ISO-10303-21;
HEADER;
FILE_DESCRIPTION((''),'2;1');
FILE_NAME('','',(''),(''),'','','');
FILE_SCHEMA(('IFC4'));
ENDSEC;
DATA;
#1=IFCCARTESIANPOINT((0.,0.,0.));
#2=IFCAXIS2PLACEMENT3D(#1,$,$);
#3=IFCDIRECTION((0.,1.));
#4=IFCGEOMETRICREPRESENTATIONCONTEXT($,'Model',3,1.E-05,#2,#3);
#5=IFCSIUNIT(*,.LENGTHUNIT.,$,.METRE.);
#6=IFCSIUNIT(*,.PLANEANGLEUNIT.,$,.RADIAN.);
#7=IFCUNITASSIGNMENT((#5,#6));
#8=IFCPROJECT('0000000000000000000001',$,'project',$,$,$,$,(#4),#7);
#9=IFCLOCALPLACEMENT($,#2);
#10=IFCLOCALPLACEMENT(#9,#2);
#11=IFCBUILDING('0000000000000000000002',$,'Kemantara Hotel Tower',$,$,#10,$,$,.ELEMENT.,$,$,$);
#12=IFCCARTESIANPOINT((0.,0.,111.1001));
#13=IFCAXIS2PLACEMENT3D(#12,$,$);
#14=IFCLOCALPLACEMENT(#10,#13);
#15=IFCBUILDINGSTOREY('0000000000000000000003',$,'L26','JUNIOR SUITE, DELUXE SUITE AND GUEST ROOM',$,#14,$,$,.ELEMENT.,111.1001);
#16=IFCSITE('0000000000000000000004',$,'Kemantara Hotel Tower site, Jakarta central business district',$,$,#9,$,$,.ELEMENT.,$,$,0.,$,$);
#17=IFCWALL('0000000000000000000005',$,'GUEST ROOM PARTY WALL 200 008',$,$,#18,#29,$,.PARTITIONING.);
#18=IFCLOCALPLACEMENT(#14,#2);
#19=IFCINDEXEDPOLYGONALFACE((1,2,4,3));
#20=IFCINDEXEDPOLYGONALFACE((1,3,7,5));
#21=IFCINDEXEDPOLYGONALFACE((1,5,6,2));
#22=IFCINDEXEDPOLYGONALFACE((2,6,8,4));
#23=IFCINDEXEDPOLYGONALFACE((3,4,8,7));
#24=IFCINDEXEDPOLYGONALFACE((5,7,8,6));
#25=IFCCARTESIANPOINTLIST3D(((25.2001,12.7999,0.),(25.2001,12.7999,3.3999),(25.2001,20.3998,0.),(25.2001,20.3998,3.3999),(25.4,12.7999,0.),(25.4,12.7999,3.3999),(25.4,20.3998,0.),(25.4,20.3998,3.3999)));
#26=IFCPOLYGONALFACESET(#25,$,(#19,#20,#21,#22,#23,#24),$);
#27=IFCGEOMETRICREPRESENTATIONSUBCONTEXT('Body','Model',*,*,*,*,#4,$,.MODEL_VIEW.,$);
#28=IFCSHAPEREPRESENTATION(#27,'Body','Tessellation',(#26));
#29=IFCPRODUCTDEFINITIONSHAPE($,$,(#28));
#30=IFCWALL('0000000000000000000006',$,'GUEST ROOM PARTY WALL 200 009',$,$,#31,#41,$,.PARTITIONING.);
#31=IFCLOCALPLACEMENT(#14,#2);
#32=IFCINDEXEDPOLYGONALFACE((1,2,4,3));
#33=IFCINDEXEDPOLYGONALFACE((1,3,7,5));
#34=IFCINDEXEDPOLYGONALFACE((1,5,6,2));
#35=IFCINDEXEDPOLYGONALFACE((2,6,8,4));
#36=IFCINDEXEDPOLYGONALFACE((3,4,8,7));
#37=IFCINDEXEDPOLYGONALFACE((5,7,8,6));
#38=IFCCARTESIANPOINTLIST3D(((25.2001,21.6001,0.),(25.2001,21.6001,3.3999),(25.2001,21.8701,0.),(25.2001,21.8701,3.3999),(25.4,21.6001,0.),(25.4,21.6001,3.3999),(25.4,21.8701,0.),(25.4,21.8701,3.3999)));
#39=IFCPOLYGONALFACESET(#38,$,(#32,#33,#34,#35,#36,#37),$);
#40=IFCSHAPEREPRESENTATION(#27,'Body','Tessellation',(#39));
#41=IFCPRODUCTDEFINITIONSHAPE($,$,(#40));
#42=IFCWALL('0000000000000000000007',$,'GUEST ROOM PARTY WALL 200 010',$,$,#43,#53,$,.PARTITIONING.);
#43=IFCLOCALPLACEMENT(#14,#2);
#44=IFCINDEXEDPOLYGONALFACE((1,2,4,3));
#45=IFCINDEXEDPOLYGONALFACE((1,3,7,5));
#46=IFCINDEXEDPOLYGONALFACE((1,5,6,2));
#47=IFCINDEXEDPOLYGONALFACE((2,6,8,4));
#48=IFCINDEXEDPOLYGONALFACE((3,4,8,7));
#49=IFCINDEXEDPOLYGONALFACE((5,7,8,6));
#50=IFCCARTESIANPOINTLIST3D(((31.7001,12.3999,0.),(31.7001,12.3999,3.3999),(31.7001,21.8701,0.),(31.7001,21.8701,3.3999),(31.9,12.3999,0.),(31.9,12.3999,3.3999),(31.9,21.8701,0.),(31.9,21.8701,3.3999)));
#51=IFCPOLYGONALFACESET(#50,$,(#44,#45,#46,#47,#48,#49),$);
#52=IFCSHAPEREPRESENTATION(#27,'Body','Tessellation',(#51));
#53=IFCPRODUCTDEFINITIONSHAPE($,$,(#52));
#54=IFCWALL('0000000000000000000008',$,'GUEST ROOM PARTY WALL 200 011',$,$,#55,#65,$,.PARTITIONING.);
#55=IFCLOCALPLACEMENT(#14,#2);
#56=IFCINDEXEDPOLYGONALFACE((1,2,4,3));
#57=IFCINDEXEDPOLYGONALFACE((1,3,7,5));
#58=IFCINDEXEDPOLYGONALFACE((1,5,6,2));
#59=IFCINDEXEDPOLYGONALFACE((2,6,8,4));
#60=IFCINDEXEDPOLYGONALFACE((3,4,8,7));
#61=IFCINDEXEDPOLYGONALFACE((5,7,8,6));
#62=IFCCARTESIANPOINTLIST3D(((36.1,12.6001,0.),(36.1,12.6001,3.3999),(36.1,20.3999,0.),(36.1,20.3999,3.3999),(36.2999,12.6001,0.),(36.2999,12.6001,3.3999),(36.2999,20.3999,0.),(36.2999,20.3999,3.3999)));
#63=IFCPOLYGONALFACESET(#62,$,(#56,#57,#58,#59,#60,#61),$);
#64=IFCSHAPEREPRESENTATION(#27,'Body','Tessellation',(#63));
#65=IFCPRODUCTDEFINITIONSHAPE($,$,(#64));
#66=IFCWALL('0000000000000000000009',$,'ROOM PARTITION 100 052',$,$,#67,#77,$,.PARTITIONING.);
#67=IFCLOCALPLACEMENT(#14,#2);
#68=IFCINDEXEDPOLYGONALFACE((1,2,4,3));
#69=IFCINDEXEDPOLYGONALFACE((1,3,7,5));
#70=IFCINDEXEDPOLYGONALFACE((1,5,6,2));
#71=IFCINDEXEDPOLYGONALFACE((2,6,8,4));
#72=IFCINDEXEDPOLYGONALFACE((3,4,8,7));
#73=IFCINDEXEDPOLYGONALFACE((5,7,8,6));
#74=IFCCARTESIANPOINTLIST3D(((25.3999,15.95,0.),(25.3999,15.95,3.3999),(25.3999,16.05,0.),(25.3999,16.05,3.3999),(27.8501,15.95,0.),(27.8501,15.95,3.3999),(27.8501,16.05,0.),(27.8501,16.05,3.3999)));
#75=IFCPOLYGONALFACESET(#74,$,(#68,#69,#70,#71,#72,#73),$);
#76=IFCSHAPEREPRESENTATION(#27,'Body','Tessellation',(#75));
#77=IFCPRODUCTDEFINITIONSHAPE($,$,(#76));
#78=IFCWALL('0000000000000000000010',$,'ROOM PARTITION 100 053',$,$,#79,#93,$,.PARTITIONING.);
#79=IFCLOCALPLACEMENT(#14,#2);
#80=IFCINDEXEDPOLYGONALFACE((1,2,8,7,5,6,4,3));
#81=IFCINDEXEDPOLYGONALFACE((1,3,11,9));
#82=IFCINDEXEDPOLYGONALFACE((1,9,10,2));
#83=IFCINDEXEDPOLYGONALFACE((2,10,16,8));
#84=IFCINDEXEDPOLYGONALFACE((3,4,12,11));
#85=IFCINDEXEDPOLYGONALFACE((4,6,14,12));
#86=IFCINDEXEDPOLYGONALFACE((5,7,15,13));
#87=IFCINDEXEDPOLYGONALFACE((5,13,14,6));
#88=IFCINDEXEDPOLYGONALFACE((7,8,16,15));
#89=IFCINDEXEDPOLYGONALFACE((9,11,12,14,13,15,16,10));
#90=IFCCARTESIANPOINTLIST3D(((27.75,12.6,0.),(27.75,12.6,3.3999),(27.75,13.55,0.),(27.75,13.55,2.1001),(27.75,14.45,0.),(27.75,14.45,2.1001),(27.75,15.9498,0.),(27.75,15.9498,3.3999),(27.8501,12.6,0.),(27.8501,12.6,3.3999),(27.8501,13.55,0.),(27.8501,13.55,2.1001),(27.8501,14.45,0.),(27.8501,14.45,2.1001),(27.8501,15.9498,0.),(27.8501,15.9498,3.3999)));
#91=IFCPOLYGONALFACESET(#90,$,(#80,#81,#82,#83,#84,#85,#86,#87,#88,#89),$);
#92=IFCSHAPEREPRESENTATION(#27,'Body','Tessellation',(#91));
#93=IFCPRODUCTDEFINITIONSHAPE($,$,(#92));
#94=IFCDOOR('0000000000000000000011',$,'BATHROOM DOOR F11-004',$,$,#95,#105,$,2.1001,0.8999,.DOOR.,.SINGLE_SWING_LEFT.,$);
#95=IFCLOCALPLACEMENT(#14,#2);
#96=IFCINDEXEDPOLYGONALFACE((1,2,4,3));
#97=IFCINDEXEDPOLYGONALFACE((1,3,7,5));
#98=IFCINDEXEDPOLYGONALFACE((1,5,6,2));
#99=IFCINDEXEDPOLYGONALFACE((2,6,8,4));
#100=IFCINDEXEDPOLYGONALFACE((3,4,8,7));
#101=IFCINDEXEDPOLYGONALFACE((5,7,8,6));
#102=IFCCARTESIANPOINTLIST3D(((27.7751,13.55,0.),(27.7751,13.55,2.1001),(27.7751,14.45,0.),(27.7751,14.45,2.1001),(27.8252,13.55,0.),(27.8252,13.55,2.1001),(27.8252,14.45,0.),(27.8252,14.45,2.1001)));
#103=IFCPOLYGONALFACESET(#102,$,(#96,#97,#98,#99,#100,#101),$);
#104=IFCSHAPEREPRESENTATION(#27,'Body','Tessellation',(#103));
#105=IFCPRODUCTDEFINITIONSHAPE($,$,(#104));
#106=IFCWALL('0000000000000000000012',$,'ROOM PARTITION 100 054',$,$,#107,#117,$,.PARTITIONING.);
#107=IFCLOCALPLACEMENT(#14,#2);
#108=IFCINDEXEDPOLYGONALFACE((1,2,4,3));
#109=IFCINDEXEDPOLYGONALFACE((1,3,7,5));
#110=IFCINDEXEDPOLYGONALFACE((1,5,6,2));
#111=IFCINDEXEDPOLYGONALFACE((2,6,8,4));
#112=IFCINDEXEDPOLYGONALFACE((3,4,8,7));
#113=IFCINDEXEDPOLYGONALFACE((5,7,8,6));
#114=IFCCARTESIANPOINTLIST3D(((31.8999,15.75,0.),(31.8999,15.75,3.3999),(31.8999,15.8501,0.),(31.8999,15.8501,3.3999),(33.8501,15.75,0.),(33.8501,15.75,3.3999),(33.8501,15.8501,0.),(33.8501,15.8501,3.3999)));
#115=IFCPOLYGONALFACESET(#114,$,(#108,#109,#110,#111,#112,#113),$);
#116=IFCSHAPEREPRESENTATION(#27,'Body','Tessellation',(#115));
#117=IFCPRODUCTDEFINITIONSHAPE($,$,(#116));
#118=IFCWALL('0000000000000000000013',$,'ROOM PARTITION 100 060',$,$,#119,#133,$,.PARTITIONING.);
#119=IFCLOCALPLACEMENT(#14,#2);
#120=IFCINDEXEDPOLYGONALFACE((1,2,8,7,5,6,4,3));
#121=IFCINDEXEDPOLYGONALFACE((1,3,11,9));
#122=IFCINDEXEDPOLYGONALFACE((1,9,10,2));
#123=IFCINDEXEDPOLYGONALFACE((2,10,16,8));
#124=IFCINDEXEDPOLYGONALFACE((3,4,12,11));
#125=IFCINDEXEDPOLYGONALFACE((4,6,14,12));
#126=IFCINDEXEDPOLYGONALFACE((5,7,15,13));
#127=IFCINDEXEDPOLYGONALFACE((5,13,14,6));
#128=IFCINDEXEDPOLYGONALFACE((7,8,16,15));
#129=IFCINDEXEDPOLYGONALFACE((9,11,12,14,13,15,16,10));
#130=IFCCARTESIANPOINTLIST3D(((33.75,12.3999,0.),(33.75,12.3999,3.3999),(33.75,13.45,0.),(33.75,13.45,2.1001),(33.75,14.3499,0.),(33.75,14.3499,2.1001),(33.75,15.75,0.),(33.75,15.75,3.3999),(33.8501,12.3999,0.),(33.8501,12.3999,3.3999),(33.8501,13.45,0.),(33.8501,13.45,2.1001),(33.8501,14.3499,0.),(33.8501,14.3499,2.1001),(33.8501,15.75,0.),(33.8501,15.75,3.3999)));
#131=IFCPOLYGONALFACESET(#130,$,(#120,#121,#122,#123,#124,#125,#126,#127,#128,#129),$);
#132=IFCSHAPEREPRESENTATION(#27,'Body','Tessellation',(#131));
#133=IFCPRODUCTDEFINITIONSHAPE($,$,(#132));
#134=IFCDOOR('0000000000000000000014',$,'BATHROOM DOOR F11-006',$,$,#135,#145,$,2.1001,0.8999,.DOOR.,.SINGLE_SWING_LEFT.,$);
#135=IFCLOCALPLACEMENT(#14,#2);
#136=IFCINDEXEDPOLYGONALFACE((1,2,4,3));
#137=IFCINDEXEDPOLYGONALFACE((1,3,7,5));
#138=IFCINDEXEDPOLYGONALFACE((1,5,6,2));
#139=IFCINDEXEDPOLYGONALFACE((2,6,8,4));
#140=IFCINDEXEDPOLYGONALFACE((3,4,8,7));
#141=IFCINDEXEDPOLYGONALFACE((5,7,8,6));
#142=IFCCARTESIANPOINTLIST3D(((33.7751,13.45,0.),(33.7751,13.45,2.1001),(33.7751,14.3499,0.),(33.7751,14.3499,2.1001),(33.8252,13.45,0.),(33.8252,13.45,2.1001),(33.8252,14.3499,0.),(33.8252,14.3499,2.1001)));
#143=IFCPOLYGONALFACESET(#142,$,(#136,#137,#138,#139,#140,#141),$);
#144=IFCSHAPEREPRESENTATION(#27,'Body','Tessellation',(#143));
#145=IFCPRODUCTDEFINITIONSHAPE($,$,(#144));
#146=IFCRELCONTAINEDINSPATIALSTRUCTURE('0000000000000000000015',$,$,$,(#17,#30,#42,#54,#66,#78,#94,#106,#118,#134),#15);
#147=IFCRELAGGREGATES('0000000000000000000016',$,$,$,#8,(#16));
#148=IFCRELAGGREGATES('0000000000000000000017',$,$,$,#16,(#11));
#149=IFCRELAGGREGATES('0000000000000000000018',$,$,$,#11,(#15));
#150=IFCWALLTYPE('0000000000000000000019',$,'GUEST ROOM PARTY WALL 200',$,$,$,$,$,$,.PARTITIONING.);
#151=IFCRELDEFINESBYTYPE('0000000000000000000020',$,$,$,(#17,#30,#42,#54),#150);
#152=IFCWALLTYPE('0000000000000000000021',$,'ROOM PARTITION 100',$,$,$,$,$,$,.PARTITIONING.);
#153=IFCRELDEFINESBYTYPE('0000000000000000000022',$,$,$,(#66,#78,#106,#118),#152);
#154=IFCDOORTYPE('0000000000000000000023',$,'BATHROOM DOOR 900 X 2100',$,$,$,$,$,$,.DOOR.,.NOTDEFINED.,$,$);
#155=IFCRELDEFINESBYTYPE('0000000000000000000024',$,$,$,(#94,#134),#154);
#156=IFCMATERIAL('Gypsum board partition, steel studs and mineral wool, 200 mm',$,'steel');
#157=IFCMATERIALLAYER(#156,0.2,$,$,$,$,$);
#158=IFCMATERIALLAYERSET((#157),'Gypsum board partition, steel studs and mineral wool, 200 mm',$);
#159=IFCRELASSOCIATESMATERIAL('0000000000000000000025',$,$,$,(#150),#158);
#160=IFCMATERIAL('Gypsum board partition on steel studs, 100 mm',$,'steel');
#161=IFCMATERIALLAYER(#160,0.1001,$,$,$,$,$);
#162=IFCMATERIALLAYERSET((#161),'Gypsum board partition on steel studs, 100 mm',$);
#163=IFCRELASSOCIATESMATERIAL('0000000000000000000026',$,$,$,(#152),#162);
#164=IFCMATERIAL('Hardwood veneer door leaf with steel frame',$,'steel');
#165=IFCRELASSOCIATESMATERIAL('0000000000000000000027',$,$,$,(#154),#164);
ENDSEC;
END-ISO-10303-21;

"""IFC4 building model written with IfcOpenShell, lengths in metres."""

from ifc_helpers import new_model, si_unit, direction, frame, frame_2d, origin, place, context, subcontext, project, spatial, rectangle, extrude, material, layer, layer_set, type_object, element, fill, save


model = new_model("IFC4")

# Units and contexts
model_context = context("Model", 3, precision=1e-05, world=origin(), true_north=direction((0.0, 1.0)))
body_context = subcontext(model_context, "Body", "Model", "MODEL_VIEW")
ifc_project = project(units=[si_unit("LENGTHUNIT", "METRE"), si_unit("PLANEANGLEUNIT", "RADIAN")], contexts=[model_context])

# Site, building, storey
site_placement = place(None, origin())
site = spatial("IfcSite", under=ifc_project, at=site_placement, Name="Kemantara Hotel Tower site, Jakarta central business district", CompositionType="ELEMENT", RefElevation=0.0)
building_placement = place(site_placement, origin())
building = spatial("IfcBuilding", under=site, at=building_placement, Name="Kemantara Hotel Tower", CompositionType="ELEMENT")
storey_placement = place(building_placement, frame((0.0, 0.0, 111.1001)))
storey = spatial("IfcBuildingStorey", under=building, at=storey_placement, Name="L26", Description="JUNIOR SUITE, DELUXE SUITE AND GUEST ROOM", CompositionType="ELEMENT", Elevation=111.1001)

# Walls
ifc_material_1 = material(Name="Gypsum board partition, steel studs and mineral wool, 200 mm", Category="steel")
ifc_layer_1 = layer(ifc_material_1, 0.2)
ifc_layer_set_1 = layer_set([ifc_layer_1], Name="Gypsum board partition, steel studs and mineral wool, 200 mm")
wall_type_1 = type_object("IfcWallType", Name="GUEST ROOM PARTY WALL 200", PredefinedType="PARTITIONING", material=ifc_layer_set_1)
wall_1_placement = place(storey_placement, frame((25.3, 12.8, 0.0), z_axis=(0.0, 0.0, 1.0), x_axis=(0.0, 1.0, 0.0)))
element("IfcWall", 1, at=wall_1_placement, inside=storey, type_object=wall_type_1, Name="GUEST ROOM PARTY WALL 200 008", PredefinedType="PARTITIONING", context=body_context, shape_type="SweptSolid", body=[
    extrude(rectangle(XDim=7.5999, YDim=0.2, at=frame_2d((3.7998, 0.0))), origin(), (0.0, 0.0, 1.0), 3.3999),
])
wall_2_placement = place(storey_placement, frame((25.3, 21.6001, 0.0), z_axis=(0.0, 0.0, 1.0), x_axis=(0.0, 1.0, 0.0)))
element("IfcWall", 2, at=wall_2_placement, inside=storey, type_object=wall_type_1, Name="GUEST ROOM PARTY WALL 200 009", PredefinedType="PARTITIONING", context=body_context, shape_type="SweptSolid", body=[
    extrude(rectangle(XDim=0.27, YDim=0.2, at=frame_2d((0.135, 0.0))), origin(), (0.0, 0.0, 1.0), 3.3999),
])
wall_3_placement = place(storey_placement, frame((31.8, 12.3999, 0.0), z_axis=(0.0, 0.0, 1.0), x_axis=(0.0, 1.0, 0.0)))
element("IfcWall", 3, at=wall_3_placement, inside=storey, type_object=wall_type_1, Name="GUEST ROOM PARTY WALL 200 010", PredefinedType="PARTITIONING", context=body_context, shape_type="SweptSolid", body=[
    extrude(rectangle(XDim=9.4702, YDim=0.2, at=frame_2d((4.7351, 0.0))), origin(), (0.0, 0.0, 1.0), 3.3999),
])
wall_4_placement = place(storey_placement, frame((36.2, 12.6001, 0.0), z_axis=(0.0, 0.0, 1.0), x_axis=(0.0, 1.0, 0.0)))
element("IfcWall", 4, at=wall_4_placement, inside=storey, type_object=wall_type_1, Name="GUEST ROOM PARTY WALL 200 011", PredefinedType="PARTITIONING", context=body_context, shape_type="SweptSolid", body=[
    extrude(rectangle(XDim=7.7998, YDim=0.2, at=frame_2d((3.8999, 0.0))), origin(), (0.0, 0.0, 1.0), 3.3999),
])
ifc_material_2 = material(Name="Gypsum board partition on steel studs, 100 mm", Category="steel")
ifc_layer_2 = layer(ifc_material_2, 0.1001)
ifc_layer_set_2 = layer_set([ifc_layer_2], Name="Gypsum board partition on steel studs, 100 mm")
wall_type_2 = type_object("IfcWallType", Name="ROOM PARTITION 100", PredefinedType="PARTITIONING", material=ifc_layer_set_2)
wall_5_placement = place(storey_placement, frame((25.3999, 16.0, 0.0), z_axis=(0.0, 0.0, 1.0), x_axis=(1.0, 0.0, 0.0)))
element("IfcWall", 5, at=wall_5_placement, inside=storey, type_object=wall_type_2, Name="ROOM PARTITION 100 052", PredefinedType="PARTITIONING", context=body_context, shape_type="SweptSolid", body=[
    extrude(rectangle(XDim=2.4502, YDim=0.1001, at=frame_2d((1.2251, 0.0))), origin(), (0.0, 0.0, 1.0), 3.3999),
])

# Wall, opening, door
wall_6_placement = place(storey_placement, frame((27.8, 12.6001, 0.0), z_axis=(0.0, 0.0, 1.0), x_axis=(0.0, 1.0, 0.0)))
wall_6 = element("IfcWall", 6, at=wall_6_placement, inside=storey, type_object=wall_type_2, Name="ROOM PARTITION 100 053", PredefinedType="PARTITIONING", context=body_context, shape_type="SweptSolid", body=[
    extrude(rectangle(XDim=3.3499, YDim=0.1001, at=frame_2d((1.6748, 0.0))), origin(), (0.0, 0.0, 1.0), 3.3999),
])
opening_1_placement = place(wall_6_placement, frame((0.95, 0.0, 0.0)))
opening_1 = element("IfcOpeningElement", 7, at=opening_1_placement, cuts=wall_6, PredefinedType="OPENING", context=body_context, shape_type="SweptSolid", body=[
    extrude(rectangle(XDim=0.8999, YDim=2.1001, at=frame_2d((0.45, 1.05))), frame((0.0, 0.0601, 0.0), z_axis=(0.0, -1.0, 0.0), x_axis=(1.0, 0.0, 0.0)), (0.0, 0.0, 1.0), 0.1201),
])
ifc_material_3 = material(Name="Hardwood veneer door leaf with steel frame", Category="steel")
door_type = type_object("IfcDoorType", Name="BATHROOM DOOR 900 X 2100", OperationType="NOTDEFINED", PredefinedType="DOOR", material=ifc_material_3)
door_1_placement = place(opening_1_placement, origin())
door_1 = element("IfcDoor", 8, at=door_1_placement, inside=storey, type_object=door_type, Name="BATHROOM DOOR F11-004", OperationType="SINGLE_SWING_LEFT", OverallHeight=2.1001, OverallWidth=0.8999, PredefinedType="DOOR", context=body_context, shape_type="SweptSolid", body=[
    extrude(rectangle(XDim=0.8999, YDim=2.1001, at=frame_2d((0.45, 1.05))), frame((0.0, 0.0249, 0.0), z_axis=(0.0, -1.0, 0.0), x_axis=(1.0, 0.0, 0.0)), (0.0, 0.0, 1.0), 0.05),
])
fill(opening_1, door_1)

# Wall
wall_7_placement = place(storey_placement, frame((31.8999, 15.8, 0.0), z_axis=(0.0, 0.0, 1.0), x_axis=(1.0, 0.0, 0.0)))
element("IfcWall", 9, at=wall_7_placement, inside=storey, type_object=wall_type_2, Name="ROOM PARTITION 100 054", PredefinedType="PARTITIONING", context=body_context, shape_type="SweptSolid", body=[
    extrude(rectangle(XDim=1.9502, YDim=0.1001, at=frame_2d((0.9751, 0.0))), origin(), (0.0, 0.0, 1.0), 3.3999),
])

# Wall, opening, door
wall_8_placement = place(storey_placement, frame((33.8, 12.3999, 0.0), z_axis=(0.0, 0.0, 1.0), x_axis=(0.0, 1.0, 0.0)))
wall_8 = element("IfcWall", 10, at=wall_8_placement, inside=storey, type_object=wall_type_2, Name="ROOM PARTITION 100 060", PredefinedType="PARTITIONING", context=body_context, shape_type="SweptSolid", body=[
    extrude(rectangle(XDim=3.3501, YDim=0.1001, at=frame_2d((1.675, 0.0))), origin(), (0.0, 0.0, 1.0), 3.3999),
])
opening_2_placement = place(wall_8_placement, frame((1.05, 0.0, 0.0)))
opening_2 = element("IfcOpeningElement", 11, at=opening_2_placement, cuts=wall_8, PredefinedType="OPENING", context=body_context, shape_type="SweptSolid", body=[
    extrude(rectangle(XDim=0.8999, YDim=2.1001, at=frame_2d((0.45, 1.05))), frame((0.0, 0.0601, 0.0), z_axis=(0.0, -1.0, 0.0), x_axis=(1.0, 0.0, 0.0)), (0.0, 0.0, 1.0), 0.1201),
])
door_2_placement = place(opening_2_placement, origin())
door_2 = element("IfcDoor", 12, at=door_2_placement, inside=storey, type_object=door_type, Name="BATHROOM DOOR F11-006", OperationType="SINGLE_SWING_LEFT", OverallHeight=2.1001, OverallWidth=0.8999, PredefinedType="DOOR", context=body_context, shape_type="SweptSolid", body=[
    extrude(rectangle(XDim=0.8999, YDim=2.1001, at=frame_2d((0.45, 1.05))), frame((0.0, 0.0249, 0.0), z_axis=(0.0, -1.0, 0.0), x_axis=(1.0, 0.0, 0.0)), (0.0, 0.0, 1.0), 0.05),
])
fill(opening_2, door_2)

save(model, "model.ifc")
